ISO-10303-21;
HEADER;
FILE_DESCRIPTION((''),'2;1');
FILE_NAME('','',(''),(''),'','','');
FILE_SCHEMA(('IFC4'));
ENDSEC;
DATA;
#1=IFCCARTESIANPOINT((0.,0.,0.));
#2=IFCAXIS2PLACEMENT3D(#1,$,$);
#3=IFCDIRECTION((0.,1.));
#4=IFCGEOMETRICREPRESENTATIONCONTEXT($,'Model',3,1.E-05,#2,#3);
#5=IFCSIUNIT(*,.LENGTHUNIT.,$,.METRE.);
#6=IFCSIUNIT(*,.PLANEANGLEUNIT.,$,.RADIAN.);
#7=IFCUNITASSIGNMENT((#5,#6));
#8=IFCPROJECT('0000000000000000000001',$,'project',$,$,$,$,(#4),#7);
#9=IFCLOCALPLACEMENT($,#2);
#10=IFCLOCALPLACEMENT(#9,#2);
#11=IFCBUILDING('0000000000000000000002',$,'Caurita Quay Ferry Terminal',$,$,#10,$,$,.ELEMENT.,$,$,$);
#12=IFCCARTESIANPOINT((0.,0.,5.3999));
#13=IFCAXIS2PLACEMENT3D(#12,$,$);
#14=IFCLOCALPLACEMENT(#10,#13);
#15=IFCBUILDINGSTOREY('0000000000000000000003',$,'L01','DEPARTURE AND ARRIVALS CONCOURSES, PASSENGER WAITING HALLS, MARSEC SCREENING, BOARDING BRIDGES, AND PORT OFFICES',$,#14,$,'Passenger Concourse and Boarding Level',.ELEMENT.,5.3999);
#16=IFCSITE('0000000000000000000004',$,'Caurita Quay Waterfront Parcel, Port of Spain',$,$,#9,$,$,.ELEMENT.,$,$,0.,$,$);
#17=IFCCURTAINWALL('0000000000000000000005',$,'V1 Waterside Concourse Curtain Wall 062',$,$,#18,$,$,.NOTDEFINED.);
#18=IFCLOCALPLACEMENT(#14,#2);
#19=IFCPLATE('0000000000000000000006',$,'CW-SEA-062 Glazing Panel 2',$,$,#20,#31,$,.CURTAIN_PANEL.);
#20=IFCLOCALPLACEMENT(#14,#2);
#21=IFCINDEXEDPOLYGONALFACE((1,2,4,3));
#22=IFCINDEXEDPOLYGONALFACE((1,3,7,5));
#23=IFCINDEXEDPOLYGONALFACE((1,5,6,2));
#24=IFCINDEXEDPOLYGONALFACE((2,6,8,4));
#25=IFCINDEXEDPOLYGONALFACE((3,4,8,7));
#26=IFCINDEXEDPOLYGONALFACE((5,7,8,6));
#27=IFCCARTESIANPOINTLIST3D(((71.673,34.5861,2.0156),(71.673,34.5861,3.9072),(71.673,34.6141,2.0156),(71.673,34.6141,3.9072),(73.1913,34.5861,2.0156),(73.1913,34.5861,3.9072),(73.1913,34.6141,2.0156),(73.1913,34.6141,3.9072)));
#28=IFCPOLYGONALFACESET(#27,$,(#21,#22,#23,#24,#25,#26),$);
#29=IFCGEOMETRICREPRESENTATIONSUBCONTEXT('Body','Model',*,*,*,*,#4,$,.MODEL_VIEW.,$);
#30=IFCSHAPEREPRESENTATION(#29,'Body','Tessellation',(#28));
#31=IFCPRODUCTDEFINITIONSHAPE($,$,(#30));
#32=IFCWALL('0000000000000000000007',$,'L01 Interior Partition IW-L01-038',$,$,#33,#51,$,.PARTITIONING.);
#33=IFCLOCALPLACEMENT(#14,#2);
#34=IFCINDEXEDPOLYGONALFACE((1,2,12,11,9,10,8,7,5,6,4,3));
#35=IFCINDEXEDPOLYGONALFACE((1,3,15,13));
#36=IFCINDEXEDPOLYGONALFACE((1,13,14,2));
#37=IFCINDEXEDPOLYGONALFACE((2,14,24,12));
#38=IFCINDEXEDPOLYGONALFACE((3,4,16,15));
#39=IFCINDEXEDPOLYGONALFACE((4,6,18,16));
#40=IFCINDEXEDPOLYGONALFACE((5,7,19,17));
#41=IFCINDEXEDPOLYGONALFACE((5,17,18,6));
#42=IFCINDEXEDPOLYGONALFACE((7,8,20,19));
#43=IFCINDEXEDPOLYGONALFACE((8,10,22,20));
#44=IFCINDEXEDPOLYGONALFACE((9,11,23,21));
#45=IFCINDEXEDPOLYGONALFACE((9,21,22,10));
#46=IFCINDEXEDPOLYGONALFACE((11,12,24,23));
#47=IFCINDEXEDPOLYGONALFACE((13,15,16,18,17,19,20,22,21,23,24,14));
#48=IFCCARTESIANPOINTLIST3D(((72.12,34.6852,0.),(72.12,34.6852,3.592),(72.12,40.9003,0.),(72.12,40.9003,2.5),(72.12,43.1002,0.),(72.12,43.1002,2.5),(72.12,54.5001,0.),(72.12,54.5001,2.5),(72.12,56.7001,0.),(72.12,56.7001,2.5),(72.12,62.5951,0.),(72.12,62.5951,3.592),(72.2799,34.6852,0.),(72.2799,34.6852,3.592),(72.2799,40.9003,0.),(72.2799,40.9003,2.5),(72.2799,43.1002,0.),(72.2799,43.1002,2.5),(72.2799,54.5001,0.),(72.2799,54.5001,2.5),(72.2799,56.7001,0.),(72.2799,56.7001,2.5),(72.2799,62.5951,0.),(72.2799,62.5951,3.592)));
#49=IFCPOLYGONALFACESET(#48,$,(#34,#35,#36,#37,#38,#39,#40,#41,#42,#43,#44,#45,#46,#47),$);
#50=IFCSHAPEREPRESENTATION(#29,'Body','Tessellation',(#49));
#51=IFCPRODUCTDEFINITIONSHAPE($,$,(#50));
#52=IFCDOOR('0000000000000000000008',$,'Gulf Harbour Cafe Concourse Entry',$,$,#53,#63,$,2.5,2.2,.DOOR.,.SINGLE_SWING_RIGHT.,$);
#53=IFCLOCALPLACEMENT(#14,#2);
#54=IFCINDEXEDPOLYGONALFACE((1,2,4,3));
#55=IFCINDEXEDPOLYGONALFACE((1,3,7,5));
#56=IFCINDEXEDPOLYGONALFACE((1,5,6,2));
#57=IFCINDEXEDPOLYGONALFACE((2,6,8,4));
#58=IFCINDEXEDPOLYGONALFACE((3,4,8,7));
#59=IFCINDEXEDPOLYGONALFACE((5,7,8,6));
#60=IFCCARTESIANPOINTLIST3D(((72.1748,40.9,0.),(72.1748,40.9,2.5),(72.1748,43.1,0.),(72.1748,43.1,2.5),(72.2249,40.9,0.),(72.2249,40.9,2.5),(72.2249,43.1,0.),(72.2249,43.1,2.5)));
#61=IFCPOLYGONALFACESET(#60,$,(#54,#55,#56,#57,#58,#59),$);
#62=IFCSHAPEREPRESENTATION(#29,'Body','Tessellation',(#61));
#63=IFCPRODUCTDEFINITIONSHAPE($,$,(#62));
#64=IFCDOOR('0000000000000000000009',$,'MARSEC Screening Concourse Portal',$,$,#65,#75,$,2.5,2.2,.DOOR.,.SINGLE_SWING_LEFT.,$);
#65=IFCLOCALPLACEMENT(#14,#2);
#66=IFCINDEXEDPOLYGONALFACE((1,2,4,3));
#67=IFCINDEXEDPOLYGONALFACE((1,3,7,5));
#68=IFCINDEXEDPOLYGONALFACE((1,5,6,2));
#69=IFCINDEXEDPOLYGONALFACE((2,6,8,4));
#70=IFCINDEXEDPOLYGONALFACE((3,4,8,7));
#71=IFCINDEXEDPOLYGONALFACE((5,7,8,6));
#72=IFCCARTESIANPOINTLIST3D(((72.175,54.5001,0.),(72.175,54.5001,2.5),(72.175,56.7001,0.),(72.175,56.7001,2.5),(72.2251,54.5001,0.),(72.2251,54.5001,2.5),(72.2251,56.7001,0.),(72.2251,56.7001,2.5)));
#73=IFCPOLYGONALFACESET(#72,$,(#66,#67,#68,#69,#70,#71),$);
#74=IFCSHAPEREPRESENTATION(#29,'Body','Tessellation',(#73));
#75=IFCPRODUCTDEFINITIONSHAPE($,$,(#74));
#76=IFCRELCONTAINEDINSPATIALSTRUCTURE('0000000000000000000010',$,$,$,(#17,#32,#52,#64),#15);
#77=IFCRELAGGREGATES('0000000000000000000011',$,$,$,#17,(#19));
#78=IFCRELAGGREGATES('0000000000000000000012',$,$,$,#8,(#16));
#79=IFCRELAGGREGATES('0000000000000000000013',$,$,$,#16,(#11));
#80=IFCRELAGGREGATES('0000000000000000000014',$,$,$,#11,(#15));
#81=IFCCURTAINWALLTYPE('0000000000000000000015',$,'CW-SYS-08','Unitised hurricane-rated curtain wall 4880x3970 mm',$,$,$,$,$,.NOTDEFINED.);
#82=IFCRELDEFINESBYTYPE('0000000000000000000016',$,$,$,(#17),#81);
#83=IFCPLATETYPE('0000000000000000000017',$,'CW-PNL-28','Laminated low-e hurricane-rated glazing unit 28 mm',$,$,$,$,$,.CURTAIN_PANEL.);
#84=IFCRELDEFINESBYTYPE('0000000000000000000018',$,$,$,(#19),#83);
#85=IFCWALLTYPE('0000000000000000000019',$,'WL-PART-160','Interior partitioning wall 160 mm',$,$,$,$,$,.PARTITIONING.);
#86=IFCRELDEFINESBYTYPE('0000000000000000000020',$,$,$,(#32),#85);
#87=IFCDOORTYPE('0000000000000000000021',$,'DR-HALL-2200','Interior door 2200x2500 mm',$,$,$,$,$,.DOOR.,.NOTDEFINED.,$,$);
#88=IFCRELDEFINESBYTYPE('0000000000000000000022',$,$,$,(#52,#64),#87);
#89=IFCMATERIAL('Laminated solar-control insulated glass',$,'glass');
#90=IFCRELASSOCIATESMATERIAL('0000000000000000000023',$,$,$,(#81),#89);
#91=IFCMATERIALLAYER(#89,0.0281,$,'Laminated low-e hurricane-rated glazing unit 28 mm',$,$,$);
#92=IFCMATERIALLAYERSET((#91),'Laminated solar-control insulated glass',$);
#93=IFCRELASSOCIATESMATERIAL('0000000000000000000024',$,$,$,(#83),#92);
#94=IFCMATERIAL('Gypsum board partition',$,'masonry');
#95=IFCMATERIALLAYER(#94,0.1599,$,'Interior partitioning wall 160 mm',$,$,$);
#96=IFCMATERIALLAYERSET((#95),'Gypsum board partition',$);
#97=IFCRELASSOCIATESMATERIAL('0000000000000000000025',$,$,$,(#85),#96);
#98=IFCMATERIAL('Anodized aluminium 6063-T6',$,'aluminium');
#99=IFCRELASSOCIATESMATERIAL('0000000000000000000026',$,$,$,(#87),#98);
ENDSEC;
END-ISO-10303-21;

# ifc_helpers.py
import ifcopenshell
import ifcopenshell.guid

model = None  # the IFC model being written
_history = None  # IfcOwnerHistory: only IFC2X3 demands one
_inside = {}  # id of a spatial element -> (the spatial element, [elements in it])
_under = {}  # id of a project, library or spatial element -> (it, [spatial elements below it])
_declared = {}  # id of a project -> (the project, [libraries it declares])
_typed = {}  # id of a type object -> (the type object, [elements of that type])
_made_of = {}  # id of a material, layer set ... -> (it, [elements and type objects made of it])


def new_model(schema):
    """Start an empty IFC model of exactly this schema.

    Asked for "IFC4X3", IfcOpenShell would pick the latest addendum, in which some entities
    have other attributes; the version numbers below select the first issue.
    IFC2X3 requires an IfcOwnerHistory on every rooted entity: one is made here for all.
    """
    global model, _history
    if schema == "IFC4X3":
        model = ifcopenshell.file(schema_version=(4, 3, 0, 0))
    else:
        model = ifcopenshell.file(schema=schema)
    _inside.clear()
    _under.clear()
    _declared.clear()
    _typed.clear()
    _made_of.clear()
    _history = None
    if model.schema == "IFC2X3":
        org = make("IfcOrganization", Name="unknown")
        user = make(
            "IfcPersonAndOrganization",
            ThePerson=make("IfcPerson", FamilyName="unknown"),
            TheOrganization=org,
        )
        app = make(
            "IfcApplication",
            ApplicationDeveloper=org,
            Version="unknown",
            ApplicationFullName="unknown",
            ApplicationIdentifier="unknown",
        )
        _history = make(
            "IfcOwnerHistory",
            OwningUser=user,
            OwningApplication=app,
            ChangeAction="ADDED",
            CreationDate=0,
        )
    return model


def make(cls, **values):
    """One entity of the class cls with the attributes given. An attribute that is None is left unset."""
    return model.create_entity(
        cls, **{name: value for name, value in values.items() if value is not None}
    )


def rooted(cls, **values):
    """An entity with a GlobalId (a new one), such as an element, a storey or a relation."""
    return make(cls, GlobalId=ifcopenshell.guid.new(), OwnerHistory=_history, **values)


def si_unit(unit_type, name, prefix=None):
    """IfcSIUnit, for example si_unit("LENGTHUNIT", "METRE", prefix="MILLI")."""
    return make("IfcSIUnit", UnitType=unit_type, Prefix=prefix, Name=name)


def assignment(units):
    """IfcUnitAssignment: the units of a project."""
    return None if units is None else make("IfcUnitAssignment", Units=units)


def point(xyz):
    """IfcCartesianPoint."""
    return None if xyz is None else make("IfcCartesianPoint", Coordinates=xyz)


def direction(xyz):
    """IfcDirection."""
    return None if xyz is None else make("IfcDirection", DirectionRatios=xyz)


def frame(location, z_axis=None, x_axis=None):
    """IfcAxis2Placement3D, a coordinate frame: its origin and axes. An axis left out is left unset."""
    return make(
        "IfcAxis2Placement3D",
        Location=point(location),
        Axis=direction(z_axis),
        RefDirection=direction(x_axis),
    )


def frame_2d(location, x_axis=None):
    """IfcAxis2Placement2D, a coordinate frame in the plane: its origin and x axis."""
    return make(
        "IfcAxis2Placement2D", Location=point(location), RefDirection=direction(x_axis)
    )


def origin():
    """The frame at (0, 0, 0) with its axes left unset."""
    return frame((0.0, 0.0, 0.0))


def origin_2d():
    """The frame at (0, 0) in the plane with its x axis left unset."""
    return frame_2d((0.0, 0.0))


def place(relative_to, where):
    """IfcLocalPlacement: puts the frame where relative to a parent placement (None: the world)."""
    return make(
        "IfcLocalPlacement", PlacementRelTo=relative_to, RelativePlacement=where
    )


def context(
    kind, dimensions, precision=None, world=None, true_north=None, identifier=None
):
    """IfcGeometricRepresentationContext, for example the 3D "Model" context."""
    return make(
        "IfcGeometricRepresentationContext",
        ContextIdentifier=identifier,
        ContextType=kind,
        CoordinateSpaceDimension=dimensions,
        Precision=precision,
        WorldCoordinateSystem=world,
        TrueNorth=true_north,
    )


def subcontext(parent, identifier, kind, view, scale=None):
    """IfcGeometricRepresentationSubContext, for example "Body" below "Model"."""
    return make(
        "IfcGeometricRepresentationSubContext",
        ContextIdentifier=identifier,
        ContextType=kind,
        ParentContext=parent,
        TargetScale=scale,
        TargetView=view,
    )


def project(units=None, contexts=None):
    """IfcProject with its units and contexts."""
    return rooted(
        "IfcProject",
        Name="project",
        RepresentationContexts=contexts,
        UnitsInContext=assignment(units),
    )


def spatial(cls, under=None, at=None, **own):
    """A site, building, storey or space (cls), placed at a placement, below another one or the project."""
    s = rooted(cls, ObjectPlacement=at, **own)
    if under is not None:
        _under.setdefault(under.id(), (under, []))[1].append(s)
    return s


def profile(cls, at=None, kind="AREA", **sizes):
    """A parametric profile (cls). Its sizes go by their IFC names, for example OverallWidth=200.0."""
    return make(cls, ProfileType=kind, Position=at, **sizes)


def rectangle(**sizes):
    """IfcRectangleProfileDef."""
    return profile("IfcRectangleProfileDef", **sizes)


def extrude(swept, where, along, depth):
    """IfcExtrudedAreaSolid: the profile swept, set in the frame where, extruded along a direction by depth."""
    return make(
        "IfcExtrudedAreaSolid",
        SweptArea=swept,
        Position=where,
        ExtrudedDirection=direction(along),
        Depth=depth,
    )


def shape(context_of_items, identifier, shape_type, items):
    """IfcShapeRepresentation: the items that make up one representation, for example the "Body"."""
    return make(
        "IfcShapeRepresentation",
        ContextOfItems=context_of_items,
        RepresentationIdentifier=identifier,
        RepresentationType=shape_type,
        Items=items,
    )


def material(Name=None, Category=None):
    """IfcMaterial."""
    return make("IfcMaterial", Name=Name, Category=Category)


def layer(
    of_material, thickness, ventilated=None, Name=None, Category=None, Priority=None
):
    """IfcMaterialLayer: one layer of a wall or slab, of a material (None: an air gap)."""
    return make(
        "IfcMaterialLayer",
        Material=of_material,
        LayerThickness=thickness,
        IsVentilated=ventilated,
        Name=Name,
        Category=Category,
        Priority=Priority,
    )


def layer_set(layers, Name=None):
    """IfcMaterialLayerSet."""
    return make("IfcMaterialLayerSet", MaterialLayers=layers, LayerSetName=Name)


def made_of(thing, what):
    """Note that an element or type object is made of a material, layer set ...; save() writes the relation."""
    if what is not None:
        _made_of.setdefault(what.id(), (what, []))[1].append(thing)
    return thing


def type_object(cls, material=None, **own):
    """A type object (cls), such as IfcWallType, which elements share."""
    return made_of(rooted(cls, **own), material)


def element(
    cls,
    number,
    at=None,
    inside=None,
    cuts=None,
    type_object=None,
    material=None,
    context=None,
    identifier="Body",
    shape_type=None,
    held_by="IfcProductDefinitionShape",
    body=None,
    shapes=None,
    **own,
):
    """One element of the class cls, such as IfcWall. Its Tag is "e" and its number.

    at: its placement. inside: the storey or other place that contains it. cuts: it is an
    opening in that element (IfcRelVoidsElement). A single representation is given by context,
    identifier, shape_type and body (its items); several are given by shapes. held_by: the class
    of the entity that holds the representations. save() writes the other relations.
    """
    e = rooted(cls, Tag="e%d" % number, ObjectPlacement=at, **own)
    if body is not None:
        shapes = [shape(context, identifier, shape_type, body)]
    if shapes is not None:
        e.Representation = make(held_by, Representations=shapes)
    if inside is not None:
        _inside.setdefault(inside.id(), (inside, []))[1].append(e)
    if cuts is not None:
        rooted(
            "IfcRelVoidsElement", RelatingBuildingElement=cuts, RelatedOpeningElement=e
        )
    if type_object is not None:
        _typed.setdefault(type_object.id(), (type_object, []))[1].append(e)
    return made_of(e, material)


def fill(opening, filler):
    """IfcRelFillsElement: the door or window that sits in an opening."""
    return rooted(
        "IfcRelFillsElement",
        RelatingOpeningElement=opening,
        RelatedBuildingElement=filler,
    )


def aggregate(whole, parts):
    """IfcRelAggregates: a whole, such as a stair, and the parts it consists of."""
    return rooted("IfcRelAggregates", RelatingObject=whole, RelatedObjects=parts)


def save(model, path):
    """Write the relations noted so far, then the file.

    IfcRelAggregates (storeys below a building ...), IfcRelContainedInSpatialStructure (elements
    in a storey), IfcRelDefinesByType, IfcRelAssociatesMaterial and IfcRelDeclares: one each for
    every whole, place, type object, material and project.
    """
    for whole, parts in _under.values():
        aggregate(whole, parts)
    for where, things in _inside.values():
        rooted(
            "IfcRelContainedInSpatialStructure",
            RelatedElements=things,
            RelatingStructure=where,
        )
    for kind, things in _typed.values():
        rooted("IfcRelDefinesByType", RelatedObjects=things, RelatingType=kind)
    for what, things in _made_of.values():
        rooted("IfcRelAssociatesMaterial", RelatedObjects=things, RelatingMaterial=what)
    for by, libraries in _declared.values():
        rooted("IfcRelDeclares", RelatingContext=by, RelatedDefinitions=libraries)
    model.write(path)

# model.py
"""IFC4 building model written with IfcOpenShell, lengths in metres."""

from ifc_helpers import new_model, si_unit, direction, frame, frame_2d, origin, origin_2d, place, context, subcontext, project, spatial, rectangle, extrude, material, layer, layer_set, type_object, element, fill, aggregate, save


model = new_model("IFC4")

# Units and contexts
model_context = context("Model", 3, precision=1e-05, world=origin(), true_north=direction((0.0, 1.0)))
body_context = subcontext(model_context, "Body", "Model", "MODEL_VIEW")
ifc_project = project(units=[si_unit("LENGTHUNIT", "METRE"), si_unit("PLANEANGLEUNIT", "RADIAN")], contexts=[model_context])

# Site, building, storey
site_placement = place(None, origin())
site = spatial("IfcSite", under=ifc_project, at=site_placement, Name="Caurita Quay Waterfront Parcel, Port of Spain", CompositionType="ELEMENT", RefElevation=0.0)
building_placement = place(site_placement, origin())
building = spatial("IfcBuilding", under=site, at=building_placement, Name="Caurita Quay Ferry Terminal", CompositionType="ELEMENT")
storey_placement = place(building_placement, frame((0.0, 0.0, 5.3999)))
storey = spatial("IfcBuildingStorey", under=building, at=storey_placement, Name="L01", Description="DEPARTURE AND ARRIVALS CONCOURSES, PASSENGER WAITING HALLS, MARSEC SCREENING, BOARDING BRIDGES, AND PORT OFFICES", LongName="Passenger Concourse and Boarding Level", CompositionType="ELEMENT", Elevation=5.3999)

# Curtain wall
ifc_material_1 = material(Name="Laminated solar-control insulated glass", Category="glass")
curtain_wall_type = type_object("IfcCurtainWallType", Name="CW-SYS-08", Description="Unitised hurricane-rated curtain wall 4880x3970 mm", PredefinedType="NOTDEFINED", material=ifc_material_1)
ifc_material_2 = material(Name="Anodized aluminium 6063-T6", Category="aluminium")
curtain_wall_1_placement = place(storey_placement, origin())
curtain_wall_1 = element("IfcCurtainWall", 1, at=curtain_wall_1_placement, inside=storey, type_object=curtain_wall_type, Name="V1 Waterside Concourse Curtain Wall 062", PredefinedType="NOTDEFINED")

# Plate
ifc_layer_1 = layer(ifc_material_1, 0.0281, Name="Laminated low-e hurricane-rated glazing unit 28 mm")
ifc_layer_set_1 = layer_set([ifc_layer_1], Name="Laminated solar-control insulated glass")
plate_type = type_object("IfcPlateType", Name="CW-PNL-28", Description="Laminated low-e hurricane-rated glazing unit 28 mm", PredefinedType="CURTAIN_PANEL", material=ifc_layer_set_1)
plate_1_placement = place(storey_placement, frame((72.4321, 34.6001, 2.0156), z_axis=(0.0, 0.0, 1.0), x_axis=(1.0, 0.0, 0.0)))
plate_1 = element("IfcPlate", 2, at=plate_1_placement, type_object=plate_type, Name="CW-SEA-062 Glazing Panel 2", PredefinedType="CURTAIN_PANEL", context=body_context, shape_type="SweptSolid", body=[
    extrude(rectangle(XDim=1.5183, YDim=0.0281, at=origin_2d()), origin(), (0.0, 0.0, 1.0), 1.8916),
])
aggregate(curtain_wall_1, [plate_1])

# Wall, openings, doors
ifc_material_3 = material(Name="Gypsum board partition", Category="masonry")
ifc_layer_2 = layer(ifc_material_3, 0.1599, Name="Interior partitioning wall 160 mm")
ifc_layer_set_2 = layer_set([ifc_layer_2], Name="Gypsum board partition")
wall_type = type_object("IfcWallType", Name="WL-PART-160", Description="Interior partitioning wall 160 mm", PredefinedType="PARTITIONING", material=ifc_layer_set_2)
wall_placement = place(storey_placement, frame((72.2, 34.6851, 0.0), z_axis=(0.0, 0.0, 1.0), x_axis=(0.0, 1.0, 0.0)))
wall = element("IfcWall", 3, at=wall_placement, inside=storey, type_object=wall_type, Name="L01 Interior Partition IW-L01-038", PredefinedType="PARTITIONING", context=body_context, shape_type="SweptSolid", body=[
    extrude(rectangle(XDim=27.9099, YDim=0.1599, at=frame_2d((13.9551, 0.0))), origin(), (0.0, 0.0, 1.0), 3.592),
])
opening_1_placement = place(wall_placement, frame((6.2151, 0.0, 0.0)))
opening_1 = element("IfcOpeningElement", 4, at=opening_1_placement, cuts=wall, PredefinedType="OPENING", context=body_context, shape_type="SweptSolid", body=[
    extrude(rectangle(XDim=2.2, YDim=2.5, at=frame_2d((1.1001, 1.25))), frame((0.0, 0.0898, 0.0), z_axis=(0.0, -1.0, 0.0), x_axis=(1.0, 0.0, 0.0)), (0.0, 0.0, 1.0), 0.1799),
])
opening_2_placement = place(wall_placement, frame((19.8149, 0.0, 0.0)))
opening_2 = element("IfcOpeningElement", 5, at=opening_2_placement, cuts=wall, PredefinedType="OPENING", context=body_context, shape_type="SweptSolid", body=[
    extrude(rectangle(XDim=2.2, YDim=2.5, at=frame_2d((1.1001, 1.25))), frame((0.0, 0.0898, 0.0), z_axis=(0.0, -1.0, 0.0), x_axis=(1.0, 0.0, 0.0)), (0.0, 0.0, 1.0), 0.1799),
])
door_type = type_object("IfcDoorType", Name="DR-HALL-2200", Description="Interior door 2200x2500 mm", OperationType="NOTDEFINED", PredefinedType="DOOR", material=ifc_material_2)
door_1_placement = place(opening_1_placement, frame((2.2, 0.0, 0.0), z_axis=(0.0, 0.0, 1.0), x_axis=(-1.0, 0.0, 0.0)))
door_1 = element("IfcDoor", 6, at=door_1_placement, inside=storey, type_object=door_type, Name="Gulf Harbour Cafe Concourse Entry", OperationType="SINGLE_SWING_RIGHT", OverallHeight=2.5, OverallWidth=2.2, PredefinedType="DOOR", context=body_context, shape_type="SweptSolid", body=[
    extrude(rectangle(XDim=2.2, YDim=2.5, at=frame_2d((1.1001, 1.25))), frame((0.0, 0.0249, 0.0), z_axis=(0.0, -1.0, 0.0), x_axis=(1.0, 0.0, 0.0)), (0.0, 0.0, 1.0), 0.05),
])
fill(opening_1, door_1)
door_2_placement = place(opening_2_placement, origin())
door_2 = element("IfcDoor", 7, at=door_2_placement, inside=storey, type_object=door_type, Name="MARSEC Screening Concourse Portal", OperationType="SINGLE_SWING_LEFT", OverallHeight=2.5, OverallWidth=2.2, PredefinedType="DOOR", context=body_context, shape_type="SweptSolid", body=[
    extrude(rectangle(XDim=2.2, YDim=2.5, at=frame_2d((1.1001, 1.25))), frame((0.0, 0.0249, 0.0), z_axis=(0.0, -1.0, 0.0), x_axis=(1.0, 0.0, 0.0)), (0.0, 0.0, 1.0), 0.05),
])
fill(opening_2, door_2)

save(model, "model.ifc")
